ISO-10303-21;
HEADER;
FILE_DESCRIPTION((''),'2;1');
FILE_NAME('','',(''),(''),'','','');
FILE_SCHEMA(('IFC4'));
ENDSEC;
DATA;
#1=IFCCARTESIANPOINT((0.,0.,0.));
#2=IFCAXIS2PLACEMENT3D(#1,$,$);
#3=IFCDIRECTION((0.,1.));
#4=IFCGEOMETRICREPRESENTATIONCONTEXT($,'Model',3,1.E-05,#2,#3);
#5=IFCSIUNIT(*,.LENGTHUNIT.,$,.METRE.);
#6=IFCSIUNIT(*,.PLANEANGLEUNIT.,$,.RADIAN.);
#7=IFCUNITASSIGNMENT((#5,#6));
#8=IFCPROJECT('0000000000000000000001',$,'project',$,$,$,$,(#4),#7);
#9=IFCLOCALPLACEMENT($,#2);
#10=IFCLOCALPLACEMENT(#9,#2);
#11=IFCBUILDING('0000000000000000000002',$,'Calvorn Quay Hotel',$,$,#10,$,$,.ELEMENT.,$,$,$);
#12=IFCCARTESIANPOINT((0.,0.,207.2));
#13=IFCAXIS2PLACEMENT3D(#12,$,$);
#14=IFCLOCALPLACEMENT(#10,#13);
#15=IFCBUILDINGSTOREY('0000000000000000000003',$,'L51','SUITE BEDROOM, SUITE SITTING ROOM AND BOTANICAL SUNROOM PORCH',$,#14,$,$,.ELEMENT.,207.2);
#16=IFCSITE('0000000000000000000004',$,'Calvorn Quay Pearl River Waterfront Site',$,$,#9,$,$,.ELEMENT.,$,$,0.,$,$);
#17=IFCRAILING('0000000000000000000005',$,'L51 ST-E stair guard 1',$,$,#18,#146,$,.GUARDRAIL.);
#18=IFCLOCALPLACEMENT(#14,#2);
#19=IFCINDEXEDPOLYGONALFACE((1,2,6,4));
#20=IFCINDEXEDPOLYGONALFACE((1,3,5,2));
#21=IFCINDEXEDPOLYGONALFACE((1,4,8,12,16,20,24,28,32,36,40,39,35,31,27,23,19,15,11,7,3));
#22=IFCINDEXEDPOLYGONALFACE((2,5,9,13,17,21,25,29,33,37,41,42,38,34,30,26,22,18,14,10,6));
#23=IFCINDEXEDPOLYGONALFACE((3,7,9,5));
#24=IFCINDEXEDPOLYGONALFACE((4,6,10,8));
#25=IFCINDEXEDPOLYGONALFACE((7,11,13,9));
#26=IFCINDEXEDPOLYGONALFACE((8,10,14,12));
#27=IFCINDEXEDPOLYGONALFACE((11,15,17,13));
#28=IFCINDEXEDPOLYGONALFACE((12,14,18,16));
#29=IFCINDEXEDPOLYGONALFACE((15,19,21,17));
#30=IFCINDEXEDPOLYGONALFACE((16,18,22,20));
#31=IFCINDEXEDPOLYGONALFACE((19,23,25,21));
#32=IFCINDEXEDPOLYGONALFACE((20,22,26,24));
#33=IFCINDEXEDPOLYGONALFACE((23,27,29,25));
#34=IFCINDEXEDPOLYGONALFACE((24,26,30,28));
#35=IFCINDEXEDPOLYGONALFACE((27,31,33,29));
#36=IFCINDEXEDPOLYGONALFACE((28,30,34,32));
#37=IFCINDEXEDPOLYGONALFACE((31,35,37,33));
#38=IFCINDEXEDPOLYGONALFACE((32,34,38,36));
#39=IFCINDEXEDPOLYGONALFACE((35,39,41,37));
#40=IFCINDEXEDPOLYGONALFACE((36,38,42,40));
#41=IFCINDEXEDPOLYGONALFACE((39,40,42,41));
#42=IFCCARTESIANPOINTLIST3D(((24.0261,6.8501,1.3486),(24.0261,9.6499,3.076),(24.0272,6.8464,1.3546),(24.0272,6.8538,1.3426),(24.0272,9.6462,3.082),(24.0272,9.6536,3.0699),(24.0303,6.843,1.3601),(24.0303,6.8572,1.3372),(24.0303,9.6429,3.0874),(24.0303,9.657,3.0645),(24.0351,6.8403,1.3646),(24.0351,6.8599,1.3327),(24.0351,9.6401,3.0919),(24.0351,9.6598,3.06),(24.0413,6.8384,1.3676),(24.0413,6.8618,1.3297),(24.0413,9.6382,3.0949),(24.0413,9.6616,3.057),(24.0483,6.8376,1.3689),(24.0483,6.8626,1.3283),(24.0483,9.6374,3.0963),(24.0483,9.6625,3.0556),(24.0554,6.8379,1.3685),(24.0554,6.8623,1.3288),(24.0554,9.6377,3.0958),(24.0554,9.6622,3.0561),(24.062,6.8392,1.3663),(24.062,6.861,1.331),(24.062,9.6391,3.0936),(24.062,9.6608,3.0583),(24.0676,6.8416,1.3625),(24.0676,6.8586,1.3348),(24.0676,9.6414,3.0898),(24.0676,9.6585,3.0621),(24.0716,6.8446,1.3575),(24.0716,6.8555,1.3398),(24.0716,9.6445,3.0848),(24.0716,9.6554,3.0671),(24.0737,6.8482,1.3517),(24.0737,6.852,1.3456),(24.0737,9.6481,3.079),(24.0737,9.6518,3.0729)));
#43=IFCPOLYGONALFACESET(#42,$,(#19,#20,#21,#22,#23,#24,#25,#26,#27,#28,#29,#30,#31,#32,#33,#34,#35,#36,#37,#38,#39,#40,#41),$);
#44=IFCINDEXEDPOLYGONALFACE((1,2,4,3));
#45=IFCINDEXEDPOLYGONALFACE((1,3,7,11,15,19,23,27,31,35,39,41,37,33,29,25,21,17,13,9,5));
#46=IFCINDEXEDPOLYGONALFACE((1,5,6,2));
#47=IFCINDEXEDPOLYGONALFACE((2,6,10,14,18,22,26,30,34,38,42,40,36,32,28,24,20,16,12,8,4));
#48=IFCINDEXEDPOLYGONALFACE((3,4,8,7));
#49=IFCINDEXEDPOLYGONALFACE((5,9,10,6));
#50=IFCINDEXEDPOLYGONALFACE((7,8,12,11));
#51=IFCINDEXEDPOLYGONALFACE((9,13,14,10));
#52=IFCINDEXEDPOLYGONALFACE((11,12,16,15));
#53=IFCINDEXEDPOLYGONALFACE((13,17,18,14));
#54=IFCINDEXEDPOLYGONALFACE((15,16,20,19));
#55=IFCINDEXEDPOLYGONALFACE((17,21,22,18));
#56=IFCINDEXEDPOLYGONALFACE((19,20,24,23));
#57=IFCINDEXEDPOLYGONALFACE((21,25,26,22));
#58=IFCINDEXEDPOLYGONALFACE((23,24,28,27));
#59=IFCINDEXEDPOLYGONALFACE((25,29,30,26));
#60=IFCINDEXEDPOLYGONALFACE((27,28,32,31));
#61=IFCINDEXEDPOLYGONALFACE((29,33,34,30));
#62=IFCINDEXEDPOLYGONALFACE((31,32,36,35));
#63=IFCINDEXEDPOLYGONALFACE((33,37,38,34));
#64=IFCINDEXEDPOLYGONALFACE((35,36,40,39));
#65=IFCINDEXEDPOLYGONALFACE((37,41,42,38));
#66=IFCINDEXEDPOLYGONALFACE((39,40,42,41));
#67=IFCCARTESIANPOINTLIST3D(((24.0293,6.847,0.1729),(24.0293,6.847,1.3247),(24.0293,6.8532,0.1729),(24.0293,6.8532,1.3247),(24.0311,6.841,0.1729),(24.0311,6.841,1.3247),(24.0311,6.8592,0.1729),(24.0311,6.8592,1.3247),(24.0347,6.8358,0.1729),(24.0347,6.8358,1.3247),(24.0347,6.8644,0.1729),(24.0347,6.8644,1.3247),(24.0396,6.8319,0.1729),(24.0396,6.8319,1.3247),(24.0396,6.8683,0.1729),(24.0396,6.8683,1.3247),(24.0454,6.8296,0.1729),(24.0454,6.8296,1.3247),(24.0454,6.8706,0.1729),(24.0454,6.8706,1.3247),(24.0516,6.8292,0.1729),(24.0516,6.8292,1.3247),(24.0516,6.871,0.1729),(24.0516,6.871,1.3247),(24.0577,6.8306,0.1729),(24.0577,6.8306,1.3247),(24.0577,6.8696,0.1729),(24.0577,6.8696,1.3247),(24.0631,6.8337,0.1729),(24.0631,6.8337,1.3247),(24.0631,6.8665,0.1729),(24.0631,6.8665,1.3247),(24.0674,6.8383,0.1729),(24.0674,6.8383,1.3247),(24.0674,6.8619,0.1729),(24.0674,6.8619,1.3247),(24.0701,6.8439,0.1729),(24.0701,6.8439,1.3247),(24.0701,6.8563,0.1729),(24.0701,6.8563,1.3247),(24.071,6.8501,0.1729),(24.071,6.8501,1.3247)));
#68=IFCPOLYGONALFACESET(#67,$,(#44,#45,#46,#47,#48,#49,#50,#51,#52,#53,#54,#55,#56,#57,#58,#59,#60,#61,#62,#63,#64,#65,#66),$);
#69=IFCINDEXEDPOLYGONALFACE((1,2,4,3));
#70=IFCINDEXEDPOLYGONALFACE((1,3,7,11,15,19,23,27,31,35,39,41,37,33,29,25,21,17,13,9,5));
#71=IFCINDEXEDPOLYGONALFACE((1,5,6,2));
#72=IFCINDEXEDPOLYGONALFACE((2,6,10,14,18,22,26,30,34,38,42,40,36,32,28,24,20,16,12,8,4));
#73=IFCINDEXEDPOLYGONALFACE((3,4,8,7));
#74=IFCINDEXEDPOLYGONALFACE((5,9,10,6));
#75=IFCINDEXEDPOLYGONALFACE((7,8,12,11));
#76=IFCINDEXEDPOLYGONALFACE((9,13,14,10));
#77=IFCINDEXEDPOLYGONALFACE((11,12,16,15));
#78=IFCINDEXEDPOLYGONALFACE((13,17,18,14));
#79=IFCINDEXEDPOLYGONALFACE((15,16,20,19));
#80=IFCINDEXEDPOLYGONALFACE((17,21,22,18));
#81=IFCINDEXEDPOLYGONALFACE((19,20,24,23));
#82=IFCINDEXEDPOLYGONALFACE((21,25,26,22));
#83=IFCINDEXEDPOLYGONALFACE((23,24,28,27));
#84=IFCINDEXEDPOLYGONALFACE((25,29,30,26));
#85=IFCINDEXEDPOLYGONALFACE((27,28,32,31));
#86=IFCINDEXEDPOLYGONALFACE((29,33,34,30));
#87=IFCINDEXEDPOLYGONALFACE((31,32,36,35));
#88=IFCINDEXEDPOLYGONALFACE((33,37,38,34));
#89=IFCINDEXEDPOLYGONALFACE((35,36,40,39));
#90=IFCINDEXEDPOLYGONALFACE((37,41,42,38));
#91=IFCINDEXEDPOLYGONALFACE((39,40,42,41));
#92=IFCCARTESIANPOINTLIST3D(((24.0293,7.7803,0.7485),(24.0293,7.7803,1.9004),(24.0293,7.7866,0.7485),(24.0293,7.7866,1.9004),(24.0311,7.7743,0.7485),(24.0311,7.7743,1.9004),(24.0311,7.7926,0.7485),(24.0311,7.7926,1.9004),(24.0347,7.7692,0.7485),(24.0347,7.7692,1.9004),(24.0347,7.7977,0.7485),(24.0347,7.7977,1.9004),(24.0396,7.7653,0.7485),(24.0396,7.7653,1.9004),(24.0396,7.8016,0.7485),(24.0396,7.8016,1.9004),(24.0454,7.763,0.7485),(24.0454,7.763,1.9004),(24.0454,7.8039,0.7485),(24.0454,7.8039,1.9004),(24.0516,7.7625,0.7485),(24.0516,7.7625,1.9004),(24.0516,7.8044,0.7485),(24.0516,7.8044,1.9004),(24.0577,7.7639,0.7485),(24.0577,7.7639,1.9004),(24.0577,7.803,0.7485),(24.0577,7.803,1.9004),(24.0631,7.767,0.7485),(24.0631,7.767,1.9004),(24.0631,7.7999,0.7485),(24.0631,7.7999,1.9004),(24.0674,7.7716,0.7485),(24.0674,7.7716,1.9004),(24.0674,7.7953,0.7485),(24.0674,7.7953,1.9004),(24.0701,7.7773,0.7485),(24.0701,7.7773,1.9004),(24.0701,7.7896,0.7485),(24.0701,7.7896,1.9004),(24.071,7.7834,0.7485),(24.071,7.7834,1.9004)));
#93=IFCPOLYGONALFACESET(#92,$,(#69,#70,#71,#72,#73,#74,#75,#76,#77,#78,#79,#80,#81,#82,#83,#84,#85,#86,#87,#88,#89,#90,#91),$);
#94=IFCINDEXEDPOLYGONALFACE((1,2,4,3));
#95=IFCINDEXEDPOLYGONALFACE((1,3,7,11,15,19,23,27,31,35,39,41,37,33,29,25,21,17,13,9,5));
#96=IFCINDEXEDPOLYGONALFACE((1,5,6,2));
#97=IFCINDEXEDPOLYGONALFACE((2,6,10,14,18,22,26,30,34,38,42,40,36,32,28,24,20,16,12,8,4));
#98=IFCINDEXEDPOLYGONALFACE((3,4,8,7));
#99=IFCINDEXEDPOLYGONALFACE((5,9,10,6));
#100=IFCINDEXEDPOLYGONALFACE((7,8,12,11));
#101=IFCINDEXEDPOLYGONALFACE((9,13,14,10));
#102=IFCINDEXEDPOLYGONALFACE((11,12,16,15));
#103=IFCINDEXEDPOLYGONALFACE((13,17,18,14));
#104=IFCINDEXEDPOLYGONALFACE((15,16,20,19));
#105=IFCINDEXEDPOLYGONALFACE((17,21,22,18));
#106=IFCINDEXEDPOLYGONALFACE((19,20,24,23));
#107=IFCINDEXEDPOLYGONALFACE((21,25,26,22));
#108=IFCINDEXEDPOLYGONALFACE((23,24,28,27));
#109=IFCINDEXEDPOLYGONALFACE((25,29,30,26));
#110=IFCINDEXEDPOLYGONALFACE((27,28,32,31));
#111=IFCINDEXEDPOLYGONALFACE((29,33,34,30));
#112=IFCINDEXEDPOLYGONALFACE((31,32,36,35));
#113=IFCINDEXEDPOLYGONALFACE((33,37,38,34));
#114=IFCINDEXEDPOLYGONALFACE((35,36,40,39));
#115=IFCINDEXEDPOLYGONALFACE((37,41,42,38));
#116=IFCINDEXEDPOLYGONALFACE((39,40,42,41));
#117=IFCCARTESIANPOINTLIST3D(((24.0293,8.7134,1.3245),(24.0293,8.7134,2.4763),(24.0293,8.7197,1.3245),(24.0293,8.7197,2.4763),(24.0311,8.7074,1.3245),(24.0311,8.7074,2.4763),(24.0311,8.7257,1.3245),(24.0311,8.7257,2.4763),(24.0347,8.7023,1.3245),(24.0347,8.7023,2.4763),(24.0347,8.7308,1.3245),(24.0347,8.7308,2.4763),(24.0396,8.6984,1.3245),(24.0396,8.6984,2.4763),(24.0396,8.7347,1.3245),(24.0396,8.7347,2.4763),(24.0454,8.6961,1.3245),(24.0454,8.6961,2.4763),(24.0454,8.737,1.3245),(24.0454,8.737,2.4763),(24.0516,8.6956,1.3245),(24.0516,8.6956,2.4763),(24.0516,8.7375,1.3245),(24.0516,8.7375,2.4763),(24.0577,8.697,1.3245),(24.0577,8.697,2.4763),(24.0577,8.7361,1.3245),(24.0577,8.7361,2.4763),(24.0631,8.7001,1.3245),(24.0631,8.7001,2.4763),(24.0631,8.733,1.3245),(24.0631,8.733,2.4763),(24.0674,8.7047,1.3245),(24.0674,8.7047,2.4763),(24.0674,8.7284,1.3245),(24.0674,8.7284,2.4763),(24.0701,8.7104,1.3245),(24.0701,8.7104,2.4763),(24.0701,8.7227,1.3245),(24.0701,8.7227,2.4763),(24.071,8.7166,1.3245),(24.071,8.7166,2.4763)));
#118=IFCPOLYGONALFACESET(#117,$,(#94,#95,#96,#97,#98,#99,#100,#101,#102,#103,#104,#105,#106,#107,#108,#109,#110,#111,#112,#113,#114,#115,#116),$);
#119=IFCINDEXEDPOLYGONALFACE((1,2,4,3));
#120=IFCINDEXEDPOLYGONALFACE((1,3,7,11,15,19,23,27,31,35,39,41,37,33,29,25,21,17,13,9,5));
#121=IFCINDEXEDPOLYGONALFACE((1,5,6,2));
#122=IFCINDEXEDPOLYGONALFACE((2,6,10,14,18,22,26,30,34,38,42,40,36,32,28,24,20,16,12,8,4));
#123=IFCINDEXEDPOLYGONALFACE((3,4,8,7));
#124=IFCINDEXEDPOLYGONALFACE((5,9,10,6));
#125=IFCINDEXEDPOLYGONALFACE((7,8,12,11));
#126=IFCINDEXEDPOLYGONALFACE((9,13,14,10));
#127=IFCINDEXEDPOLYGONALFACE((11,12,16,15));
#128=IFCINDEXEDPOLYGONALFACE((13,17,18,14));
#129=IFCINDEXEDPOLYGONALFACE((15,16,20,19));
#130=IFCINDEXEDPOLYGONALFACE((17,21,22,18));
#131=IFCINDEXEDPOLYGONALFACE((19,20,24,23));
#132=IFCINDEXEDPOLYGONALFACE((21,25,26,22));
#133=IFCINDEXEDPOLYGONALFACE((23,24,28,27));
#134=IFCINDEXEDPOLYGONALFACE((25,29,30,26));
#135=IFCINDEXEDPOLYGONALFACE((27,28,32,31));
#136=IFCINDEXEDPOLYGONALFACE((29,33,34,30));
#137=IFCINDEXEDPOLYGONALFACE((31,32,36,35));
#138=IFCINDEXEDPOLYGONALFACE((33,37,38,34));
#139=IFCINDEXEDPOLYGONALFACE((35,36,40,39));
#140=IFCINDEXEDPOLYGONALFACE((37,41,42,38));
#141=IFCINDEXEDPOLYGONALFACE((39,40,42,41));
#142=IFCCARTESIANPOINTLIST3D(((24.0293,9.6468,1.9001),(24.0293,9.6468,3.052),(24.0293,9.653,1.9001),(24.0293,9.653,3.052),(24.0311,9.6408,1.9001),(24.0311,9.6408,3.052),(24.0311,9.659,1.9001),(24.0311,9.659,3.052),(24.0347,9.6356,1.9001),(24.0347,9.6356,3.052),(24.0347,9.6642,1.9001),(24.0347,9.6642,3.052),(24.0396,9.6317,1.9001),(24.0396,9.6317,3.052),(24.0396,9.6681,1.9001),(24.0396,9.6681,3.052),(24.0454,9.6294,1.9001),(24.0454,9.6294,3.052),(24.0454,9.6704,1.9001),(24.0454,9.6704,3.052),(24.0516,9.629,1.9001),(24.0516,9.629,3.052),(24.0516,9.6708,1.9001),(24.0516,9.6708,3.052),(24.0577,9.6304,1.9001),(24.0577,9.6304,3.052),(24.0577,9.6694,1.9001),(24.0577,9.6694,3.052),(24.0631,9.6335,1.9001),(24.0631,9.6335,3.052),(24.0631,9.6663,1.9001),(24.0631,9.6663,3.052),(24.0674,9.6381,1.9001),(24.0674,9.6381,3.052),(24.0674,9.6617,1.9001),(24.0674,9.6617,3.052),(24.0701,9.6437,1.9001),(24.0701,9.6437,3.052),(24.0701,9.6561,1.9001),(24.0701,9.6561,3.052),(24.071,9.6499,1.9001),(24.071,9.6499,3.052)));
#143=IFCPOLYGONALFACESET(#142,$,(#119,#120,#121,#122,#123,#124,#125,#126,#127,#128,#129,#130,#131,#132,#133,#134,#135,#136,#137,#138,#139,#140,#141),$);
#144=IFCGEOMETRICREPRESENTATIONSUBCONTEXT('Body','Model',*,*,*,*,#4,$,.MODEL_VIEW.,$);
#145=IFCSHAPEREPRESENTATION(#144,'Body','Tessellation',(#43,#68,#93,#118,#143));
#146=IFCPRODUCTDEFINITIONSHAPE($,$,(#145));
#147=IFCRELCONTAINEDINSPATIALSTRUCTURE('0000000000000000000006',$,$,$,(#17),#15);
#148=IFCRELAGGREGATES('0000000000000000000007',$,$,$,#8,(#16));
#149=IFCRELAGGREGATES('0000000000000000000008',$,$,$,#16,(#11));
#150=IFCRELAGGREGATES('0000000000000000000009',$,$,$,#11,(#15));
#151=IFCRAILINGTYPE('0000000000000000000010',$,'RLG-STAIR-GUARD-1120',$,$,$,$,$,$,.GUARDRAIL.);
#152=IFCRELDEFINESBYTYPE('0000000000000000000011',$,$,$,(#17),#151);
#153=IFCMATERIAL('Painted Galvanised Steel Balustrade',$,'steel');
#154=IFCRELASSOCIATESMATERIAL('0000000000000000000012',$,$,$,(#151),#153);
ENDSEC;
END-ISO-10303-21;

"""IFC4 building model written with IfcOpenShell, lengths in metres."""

from ifc_helpers import new_model, si_unit, direction, frame, origin, origin_2d, place, context, subcontext, project, spatial, circle, extrude, material, type_object, element, save


model = new_model("IFC4")

# Units and contexts
model_context = context("Model", 3, precision=1e-05, world=origin(), true_north=direction((0.0, 1.0)))
body_context = subcontext(model_context, "Body", "Model", "MODEL_VIEW")
ifc_project = project(units=[si_unit("LENGTHUNIT", "METRE"), si_unit("PLANEANGLEUNIT", "RADIAN")], contexts=[model_context])

# Site, building, storey
site_placement = place(None, origin())
site = spatial("IfcSite", under=ifc_project, at=site_placement, Name="Calvorn Quay Pearl River Waterfront Site", CompositionType="ELEMENT", RefElevation=0.0)
building_placement = place(site_placement, origin())
building = spatial("IfcBuilding", under=site, at=building_placement, Name="Calvorn Quay Hotel", CompositionType="ELEMENT")
storey_placement = place(building_placement, frame((0.0, 0.0, 207.2)))
storey = spatial("IfcBuildingStorey", under=building, at=storey_placement, Name="L51", Description="SUITE BEDROOM, SUITE SITTING ROOM AND BOTANICAL SUNROOM PORCH", CompositionType="ELEMENT", Elevation=207.2)

# Railing
ifc_material_1 = material(Name="Painted Galvanised Steel Balustrade", Category="steel")
railing_type_1 = type_object("IfcRailingType", Name="RLG-STAIR-GUARD-1120", PredefinedType="GUARDRAIL", material=ifc_material_1)
railing_1_placement = place(storey_placement, frame((24.05, 6.8501, 0.1729)))
element("IfcRailing", 1, at=railing_1_placement, inside=storey, type_object=railing_type_1, Name="L51 ST-E stair guard 1", PredefinedType="GUARDRAIL", context=body_context, shape_type="SweptSolid", body=[
    extrude(circle(Radius=0.0239, at=origin_2d()), frame((0.0, 0.0, 1.1758), z_axis=(0.0, 0.851069, 0.525054), x_axis=(-1.0, 0.0, 0.0)), (0.0, 0.0, 1.0), 3.2898),
    extrude(circle(Radius=0.021, at=origin_2d()), origin(), (0.0, 0.0, 1.0), 1.1519),
    extrude(circle(Radius=0.021, at=origin_2d()), frame((0.0, 0.9333, 0.5757)), (0.0, 0.0, 1.0), 1.1519),
    extrude(circle(Radius=0.021, at=origin_2d()), frame((0.0, 1.8665, 1.1516)), (0.0, 0.0, 1.0), 1.1519),
    extrude(circle(Radius=0.021, at=origin_2d()), frame((0.0, 2.7998, 1.7273)), (0.0, 0.0, 1.0), 1.1519),
])

save(model, "model.ifc")
